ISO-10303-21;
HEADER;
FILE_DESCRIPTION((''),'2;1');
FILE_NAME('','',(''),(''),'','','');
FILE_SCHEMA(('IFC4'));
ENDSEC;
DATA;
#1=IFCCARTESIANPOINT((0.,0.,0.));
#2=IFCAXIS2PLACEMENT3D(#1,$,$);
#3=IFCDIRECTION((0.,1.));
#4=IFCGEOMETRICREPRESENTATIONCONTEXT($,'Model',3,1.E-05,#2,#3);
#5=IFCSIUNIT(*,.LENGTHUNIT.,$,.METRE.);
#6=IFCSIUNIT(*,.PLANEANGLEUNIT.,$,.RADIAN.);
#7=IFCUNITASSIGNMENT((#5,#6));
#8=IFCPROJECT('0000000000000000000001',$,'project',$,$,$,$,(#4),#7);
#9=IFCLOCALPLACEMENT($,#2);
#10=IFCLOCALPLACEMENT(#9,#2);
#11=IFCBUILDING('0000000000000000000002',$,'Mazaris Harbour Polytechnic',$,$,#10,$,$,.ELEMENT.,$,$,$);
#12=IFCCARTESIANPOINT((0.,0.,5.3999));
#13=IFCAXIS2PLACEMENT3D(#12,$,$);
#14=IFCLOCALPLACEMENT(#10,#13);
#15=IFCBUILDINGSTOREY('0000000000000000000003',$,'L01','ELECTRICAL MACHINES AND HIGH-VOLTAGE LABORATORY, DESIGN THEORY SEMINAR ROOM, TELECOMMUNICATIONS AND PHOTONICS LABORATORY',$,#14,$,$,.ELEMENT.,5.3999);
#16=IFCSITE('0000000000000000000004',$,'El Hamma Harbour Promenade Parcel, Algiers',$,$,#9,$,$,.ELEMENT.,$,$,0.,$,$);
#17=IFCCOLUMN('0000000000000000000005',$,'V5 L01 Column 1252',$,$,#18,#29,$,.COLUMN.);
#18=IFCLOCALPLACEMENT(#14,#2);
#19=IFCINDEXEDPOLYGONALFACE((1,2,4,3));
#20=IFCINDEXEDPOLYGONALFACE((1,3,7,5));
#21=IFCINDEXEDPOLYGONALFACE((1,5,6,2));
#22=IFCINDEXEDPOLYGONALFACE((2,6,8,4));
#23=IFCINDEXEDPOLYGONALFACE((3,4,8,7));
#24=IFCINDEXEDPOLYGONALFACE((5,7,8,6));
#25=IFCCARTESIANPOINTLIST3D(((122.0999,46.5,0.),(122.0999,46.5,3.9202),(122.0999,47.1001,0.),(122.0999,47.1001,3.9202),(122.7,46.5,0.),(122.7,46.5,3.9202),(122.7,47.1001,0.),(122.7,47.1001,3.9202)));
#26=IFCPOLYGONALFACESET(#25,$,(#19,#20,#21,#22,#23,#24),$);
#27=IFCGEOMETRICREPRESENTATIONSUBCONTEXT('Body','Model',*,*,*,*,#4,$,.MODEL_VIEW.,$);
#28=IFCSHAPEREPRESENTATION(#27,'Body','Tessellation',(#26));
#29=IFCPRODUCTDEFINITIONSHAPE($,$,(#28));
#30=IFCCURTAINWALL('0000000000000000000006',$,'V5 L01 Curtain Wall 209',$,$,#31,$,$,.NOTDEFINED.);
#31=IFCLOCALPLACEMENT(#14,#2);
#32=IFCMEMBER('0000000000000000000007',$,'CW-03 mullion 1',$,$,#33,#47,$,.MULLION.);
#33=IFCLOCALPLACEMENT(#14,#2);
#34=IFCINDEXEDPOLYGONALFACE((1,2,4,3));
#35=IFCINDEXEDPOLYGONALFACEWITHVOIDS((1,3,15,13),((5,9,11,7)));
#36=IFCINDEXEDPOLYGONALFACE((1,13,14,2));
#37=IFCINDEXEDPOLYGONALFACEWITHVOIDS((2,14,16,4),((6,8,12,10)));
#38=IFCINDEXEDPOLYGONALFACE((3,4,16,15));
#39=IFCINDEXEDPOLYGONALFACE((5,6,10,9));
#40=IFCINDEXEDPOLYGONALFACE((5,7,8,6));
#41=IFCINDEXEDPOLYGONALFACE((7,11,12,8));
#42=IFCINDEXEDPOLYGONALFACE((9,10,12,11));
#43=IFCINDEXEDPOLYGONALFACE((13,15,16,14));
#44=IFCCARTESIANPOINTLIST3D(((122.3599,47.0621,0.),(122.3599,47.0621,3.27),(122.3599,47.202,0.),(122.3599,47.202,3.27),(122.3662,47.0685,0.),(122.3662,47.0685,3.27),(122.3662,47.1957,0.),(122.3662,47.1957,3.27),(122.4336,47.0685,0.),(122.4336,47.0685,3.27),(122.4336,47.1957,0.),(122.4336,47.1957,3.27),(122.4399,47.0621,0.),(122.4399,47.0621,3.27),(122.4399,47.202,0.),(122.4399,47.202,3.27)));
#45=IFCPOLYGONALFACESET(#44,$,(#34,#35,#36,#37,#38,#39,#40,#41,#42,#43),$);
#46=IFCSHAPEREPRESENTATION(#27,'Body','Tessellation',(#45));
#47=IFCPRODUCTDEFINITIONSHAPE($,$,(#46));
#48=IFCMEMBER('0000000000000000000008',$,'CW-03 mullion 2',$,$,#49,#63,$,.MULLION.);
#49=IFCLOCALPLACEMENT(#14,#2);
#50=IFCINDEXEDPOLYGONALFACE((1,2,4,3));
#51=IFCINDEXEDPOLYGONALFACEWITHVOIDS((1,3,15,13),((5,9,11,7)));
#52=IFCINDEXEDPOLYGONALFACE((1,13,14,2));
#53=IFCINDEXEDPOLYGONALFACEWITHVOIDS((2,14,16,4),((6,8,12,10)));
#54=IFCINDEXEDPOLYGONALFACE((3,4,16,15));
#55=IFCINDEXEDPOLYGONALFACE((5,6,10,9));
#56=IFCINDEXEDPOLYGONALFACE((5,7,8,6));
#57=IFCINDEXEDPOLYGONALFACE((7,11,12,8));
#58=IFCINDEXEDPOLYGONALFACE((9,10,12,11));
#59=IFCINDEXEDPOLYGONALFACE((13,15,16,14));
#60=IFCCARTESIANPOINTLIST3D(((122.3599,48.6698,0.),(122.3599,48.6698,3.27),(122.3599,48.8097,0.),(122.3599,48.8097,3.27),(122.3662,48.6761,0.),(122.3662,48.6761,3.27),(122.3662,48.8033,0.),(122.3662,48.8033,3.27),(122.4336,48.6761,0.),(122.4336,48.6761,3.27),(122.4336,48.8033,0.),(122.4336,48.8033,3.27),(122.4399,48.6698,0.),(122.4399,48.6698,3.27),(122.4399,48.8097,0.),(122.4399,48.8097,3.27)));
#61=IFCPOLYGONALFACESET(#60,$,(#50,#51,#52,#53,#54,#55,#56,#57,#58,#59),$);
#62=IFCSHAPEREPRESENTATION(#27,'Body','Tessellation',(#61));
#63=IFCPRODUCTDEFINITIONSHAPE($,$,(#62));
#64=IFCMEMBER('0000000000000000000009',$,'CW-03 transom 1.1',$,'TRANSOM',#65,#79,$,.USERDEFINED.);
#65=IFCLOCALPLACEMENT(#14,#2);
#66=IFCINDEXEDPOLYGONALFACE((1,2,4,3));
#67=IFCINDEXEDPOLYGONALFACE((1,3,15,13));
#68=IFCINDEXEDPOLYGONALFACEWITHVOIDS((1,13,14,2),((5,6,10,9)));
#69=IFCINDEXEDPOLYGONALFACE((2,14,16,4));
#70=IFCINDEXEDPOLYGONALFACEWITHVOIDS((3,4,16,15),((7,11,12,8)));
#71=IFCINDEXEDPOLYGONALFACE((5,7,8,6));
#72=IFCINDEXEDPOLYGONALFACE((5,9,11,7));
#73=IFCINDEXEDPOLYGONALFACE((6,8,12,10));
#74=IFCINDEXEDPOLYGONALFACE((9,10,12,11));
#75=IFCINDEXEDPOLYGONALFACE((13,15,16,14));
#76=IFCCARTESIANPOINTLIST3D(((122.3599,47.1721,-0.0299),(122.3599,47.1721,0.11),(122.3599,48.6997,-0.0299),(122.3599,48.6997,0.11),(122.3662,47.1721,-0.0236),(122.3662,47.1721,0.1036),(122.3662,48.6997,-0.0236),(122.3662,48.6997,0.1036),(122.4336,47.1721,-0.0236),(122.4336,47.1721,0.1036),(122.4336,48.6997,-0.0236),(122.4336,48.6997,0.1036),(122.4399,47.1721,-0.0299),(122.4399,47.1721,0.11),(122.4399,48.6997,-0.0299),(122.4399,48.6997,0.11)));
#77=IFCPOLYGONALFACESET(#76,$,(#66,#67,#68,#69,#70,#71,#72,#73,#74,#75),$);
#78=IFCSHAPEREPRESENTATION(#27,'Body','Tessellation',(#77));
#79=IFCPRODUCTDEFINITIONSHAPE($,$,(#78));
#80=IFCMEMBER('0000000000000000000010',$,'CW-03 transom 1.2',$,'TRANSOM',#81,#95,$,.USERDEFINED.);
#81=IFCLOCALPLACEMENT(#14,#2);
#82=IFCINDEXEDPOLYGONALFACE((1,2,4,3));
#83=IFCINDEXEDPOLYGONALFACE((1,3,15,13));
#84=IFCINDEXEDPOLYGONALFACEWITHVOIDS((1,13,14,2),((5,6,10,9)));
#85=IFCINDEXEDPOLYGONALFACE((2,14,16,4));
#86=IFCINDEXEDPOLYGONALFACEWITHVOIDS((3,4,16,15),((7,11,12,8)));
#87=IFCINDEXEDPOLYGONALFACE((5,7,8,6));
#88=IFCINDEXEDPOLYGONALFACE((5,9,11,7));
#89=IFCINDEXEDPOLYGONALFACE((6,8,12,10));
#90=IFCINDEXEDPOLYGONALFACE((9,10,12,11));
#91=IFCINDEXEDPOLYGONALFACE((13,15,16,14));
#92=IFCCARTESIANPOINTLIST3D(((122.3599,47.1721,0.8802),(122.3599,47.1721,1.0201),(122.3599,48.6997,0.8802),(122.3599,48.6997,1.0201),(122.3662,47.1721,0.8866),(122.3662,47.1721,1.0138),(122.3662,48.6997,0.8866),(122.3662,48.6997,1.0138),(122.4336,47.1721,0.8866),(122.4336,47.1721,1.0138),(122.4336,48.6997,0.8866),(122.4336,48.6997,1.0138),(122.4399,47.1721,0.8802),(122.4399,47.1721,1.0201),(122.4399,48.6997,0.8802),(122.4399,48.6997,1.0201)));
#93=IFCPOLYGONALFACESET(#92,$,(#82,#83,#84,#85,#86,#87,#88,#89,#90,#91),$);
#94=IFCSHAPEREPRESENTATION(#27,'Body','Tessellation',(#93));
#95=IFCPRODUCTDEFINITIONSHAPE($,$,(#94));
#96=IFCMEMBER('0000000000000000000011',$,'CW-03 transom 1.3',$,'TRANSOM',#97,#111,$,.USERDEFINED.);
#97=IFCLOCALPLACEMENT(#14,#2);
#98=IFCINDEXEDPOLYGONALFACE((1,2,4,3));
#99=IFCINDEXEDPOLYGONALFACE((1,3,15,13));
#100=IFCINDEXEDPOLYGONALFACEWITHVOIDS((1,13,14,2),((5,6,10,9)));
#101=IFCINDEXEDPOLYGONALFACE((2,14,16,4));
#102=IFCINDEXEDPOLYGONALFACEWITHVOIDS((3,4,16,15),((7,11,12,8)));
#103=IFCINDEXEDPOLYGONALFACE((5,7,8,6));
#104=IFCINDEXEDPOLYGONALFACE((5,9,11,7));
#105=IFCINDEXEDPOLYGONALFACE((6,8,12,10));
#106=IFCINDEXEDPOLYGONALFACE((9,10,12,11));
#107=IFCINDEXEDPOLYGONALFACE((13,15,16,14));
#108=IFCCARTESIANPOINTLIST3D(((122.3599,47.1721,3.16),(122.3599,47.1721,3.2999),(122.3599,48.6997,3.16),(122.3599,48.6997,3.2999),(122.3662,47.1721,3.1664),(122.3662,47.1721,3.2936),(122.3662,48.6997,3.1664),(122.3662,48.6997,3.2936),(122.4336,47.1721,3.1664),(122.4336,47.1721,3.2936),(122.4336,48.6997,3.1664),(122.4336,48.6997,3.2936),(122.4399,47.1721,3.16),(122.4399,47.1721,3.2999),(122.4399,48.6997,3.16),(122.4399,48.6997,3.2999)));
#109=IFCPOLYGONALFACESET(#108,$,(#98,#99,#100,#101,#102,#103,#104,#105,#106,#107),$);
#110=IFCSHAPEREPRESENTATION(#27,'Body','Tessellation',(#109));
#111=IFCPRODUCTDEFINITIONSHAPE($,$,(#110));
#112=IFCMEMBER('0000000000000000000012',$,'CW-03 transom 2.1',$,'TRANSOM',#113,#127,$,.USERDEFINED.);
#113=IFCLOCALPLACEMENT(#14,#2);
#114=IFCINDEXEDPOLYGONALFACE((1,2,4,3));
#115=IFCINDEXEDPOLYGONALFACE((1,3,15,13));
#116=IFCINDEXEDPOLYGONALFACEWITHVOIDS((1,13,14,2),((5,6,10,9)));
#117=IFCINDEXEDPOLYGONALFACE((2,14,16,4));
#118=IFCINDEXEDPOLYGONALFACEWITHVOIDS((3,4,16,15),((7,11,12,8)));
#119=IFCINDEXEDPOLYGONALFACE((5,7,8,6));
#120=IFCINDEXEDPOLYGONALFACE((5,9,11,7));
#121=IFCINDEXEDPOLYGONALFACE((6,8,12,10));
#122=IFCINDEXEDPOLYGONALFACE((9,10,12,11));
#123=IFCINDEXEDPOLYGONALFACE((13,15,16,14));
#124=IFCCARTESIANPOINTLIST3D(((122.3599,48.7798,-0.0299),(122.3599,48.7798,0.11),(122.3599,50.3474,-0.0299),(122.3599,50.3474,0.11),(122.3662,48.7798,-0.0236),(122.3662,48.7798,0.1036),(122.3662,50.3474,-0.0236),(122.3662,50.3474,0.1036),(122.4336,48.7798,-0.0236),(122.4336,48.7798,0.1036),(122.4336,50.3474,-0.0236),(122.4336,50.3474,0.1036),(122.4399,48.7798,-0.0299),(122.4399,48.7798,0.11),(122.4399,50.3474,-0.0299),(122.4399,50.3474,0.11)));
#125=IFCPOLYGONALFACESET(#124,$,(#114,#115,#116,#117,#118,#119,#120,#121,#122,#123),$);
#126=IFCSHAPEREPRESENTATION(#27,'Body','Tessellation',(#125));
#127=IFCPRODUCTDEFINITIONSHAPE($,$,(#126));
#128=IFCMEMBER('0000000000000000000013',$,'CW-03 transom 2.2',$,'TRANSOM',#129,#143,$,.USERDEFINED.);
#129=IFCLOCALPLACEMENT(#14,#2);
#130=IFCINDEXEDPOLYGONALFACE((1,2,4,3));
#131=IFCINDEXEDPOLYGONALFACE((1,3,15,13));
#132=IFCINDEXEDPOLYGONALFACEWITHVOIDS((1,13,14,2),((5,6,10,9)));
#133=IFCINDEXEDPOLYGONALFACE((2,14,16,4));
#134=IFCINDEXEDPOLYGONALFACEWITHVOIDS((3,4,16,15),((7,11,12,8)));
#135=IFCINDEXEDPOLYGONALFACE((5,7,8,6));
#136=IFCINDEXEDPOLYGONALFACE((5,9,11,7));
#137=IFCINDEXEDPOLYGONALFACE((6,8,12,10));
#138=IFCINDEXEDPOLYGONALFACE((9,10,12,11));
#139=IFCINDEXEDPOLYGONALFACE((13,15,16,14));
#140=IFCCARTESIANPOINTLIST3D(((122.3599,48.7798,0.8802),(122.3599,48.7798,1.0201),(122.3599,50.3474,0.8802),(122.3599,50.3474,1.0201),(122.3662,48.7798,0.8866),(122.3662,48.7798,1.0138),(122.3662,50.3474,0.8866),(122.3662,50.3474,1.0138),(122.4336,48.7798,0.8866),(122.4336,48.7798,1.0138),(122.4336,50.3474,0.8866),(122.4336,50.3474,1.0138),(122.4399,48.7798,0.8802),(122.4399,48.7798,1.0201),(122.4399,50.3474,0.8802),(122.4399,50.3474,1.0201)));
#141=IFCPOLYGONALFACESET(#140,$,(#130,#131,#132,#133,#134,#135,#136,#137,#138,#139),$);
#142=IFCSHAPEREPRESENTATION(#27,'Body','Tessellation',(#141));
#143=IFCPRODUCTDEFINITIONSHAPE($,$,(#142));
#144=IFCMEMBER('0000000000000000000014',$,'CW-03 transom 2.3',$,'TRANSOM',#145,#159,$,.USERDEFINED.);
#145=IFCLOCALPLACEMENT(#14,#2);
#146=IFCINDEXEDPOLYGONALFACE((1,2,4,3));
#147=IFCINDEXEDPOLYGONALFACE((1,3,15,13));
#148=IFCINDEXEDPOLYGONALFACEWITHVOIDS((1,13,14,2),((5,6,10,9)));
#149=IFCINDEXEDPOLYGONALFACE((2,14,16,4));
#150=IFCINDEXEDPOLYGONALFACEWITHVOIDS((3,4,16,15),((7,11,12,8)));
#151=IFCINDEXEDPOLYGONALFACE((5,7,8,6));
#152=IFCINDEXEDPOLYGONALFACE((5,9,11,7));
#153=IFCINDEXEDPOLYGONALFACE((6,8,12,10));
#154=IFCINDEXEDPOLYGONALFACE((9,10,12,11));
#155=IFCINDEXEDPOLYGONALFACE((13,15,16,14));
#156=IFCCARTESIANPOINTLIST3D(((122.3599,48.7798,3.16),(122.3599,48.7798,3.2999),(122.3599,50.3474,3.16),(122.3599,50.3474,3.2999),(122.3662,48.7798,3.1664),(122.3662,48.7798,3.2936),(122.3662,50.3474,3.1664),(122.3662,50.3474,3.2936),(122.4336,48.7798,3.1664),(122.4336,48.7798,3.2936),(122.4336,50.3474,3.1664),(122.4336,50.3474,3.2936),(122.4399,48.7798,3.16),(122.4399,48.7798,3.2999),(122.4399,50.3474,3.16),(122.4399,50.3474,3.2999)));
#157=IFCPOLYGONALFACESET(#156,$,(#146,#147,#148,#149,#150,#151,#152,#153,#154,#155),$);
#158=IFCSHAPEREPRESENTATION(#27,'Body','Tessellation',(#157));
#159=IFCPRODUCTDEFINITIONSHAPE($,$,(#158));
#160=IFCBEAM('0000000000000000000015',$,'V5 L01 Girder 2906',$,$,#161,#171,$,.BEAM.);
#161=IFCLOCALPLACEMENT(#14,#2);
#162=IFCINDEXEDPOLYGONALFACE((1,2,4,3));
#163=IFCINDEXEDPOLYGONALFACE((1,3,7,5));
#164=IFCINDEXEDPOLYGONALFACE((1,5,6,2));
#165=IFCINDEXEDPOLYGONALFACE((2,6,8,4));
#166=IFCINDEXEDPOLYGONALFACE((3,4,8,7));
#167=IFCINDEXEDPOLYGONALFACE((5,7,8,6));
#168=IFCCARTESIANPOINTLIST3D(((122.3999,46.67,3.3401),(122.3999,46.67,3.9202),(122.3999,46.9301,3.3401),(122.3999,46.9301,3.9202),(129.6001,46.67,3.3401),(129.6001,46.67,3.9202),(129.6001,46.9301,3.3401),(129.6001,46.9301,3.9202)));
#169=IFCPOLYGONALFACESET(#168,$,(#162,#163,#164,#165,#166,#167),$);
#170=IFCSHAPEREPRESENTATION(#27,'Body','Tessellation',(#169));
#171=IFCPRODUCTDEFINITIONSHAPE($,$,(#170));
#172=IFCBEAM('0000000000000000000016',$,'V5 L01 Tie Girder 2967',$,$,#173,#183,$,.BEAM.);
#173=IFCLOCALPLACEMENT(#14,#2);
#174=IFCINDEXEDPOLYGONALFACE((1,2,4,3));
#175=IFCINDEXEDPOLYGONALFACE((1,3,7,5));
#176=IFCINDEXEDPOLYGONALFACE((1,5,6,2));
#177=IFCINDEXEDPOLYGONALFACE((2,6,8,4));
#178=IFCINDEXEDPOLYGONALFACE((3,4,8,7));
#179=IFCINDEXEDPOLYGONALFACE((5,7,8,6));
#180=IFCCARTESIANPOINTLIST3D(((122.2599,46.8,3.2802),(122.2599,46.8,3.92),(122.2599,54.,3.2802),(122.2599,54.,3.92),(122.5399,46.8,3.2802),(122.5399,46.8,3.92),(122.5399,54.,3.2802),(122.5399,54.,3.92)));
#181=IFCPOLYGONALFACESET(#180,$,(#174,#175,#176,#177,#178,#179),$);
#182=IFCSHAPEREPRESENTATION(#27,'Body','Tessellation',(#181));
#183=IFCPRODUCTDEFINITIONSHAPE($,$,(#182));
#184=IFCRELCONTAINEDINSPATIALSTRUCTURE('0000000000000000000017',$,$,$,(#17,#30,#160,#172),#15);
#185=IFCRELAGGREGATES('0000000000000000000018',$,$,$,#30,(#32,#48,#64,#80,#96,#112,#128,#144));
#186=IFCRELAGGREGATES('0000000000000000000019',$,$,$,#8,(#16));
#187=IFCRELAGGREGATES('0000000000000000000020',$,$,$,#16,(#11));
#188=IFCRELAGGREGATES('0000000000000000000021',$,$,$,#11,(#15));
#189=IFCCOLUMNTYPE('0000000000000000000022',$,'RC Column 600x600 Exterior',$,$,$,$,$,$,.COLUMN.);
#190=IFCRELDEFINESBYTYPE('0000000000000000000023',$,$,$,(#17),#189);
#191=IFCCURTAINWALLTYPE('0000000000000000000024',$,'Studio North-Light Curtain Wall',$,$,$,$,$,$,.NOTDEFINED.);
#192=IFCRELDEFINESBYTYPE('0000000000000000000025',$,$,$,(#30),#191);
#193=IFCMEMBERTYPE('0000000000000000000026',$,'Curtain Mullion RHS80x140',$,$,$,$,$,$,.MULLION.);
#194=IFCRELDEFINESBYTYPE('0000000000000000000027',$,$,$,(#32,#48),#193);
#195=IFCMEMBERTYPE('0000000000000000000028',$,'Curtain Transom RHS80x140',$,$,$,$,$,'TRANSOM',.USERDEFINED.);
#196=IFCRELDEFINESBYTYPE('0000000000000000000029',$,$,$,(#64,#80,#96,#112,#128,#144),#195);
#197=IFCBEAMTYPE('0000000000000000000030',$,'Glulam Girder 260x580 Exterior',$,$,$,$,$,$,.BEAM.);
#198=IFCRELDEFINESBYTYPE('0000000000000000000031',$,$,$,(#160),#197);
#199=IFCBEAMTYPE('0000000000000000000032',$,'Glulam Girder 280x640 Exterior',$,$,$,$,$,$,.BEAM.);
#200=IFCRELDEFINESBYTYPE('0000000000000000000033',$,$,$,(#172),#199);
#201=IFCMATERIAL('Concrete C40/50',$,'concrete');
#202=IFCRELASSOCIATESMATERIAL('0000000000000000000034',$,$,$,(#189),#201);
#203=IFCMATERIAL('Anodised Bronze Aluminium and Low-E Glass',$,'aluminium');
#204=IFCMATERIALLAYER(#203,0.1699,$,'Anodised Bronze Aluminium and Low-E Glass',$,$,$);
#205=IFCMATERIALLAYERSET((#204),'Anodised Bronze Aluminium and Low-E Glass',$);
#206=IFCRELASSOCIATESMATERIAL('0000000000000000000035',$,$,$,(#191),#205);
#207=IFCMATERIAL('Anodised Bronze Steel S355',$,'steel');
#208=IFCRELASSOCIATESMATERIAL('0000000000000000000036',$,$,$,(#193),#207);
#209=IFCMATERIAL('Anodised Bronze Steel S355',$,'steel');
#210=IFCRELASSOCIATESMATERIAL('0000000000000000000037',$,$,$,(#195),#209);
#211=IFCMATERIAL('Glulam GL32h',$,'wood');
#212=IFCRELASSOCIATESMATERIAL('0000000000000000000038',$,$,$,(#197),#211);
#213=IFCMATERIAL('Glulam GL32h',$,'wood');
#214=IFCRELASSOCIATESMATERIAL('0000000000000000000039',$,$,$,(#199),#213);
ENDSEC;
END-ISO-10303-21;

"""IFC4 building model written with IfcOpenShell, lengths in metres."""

from ifc_helpers import new_model, si_unit, direction, frame, origin, origin_2d, place, context, subcontext, project, spatial, rectangle, hollow_rectangle, extrude, material, layer, layer_set, material_profile, profile_set, type_object, element, aggregate, save


model = new_model("IFC4")

# Units and contexts
model_context = context("Model", 3, precision=1e-05, world=origin(), true_north=direction((0.0, 1.0)))
body_context = subcontext(model_context, "Body", "Model", "MODEL_VIEW")
ifc_project = project(units=[si_unit("LENGTHUNIT", "METRE"), si_unit("PLANEANGLEUNIT", "RADIAN")], contexts=[model_context])

# Site, building, storey
site_placement = place(None, origin())
site = spatial("IfcSite", under=ifc_project, at=site_placement, Name="El Hamma Harbour Promenade Parcel, Algiers", CompositionType="ELEMENT", RefElevation=0.0)
building_placement = place(site_placement, origin())
building = spatial("IfcBuilding", under=site, at=building_placement, Name="Mazaris Harbour Polytechnic", CompositionType="ELEMENT")
storey_placement = place(building_placement, frame((0.0, 0.0, 5.3999)))
storey = spatial("IfcBuildingStorey", under=building, at=storey_placement, Name="L01", Description="ELECTRICAL MACHINES AND HIGH-VOLTAGE LABORATORY, DESIGN THEORY SEMINAR ROOM, TELECOMMUNICATIONS AND PHOTONICS LABORATORY", CompositionType="ELEMENT", Elevation=5.3999)

# Column
ifc_material_1 = material(Name="Concrete C40/50", Category="concrete")
ifc_material_profile_1 = material_profile(ifc_material_1, rectangle(XDim=0.6001, YDim=0.6001, at=origin_2d()), Name="RECT600x600")
ifc_profile_set_1 = profile_set([ifc_material_profile_1], Name="Concrete C40/50")
column_type = type_object("IfcColumnType", Name="RC Column 600x600 Exterior", PredefinedType="COLUMN", material=ifc_profile_set_1)
column_placement = place(storey_placement, frame((122.3999, 46.8, 0.0), z_axis=(0.0, 0.0, 1.0), x_axis=(1.0, 0.0, 0.0)))
element("IfcColumn", 1, at=column_placement, inside=storey, type_object=column_type, Name="V5 L01 Column 1252", PredefinedType="COLUMN", context=body_context, shape_type="SweptSolid", body=[
    extrude(rectangle(XDim=0.6001, YDim=0.6001, at=origin_2d()), origin(), (0.0, 0.0, 1.0), 3.9202),
])

# Curtain wall, members
ifc_material_2 = material(Name="Anodised Bronze Aluminium and Low-E Glass", Category="aluminium")
ifc_layer_1 = layer(ifc_material_2, 0.1699, Name="Anodised Bronze Aluminium and Low-E Glass")
ifc_layer_set_1 = layer_set([ifc_layer_1], Name="Anodised Bronze Aluminium and Low-E Glass")
curtain_wall_type = type_object("IfcCurtainWallType", Name="Studio North-Light Curtain Wall", PredefinedType="NOTDEFINED", material=ifc_layer_set_1)
curtain_wall_placement = place(storey_placement, origin())
curtain_wall = element("IfcCurtainWall", 2, at=curtain_wall_placement, inside=storey, type_object=curtain_wall_type, Name="V5 L01 Curtain Wall 209", PredefinedType="NOTDEFINED")
ifc_material_3 = material(Name="Anodised Bronze Steel S355", Category="steel")
ifc_material_profile_2 = material_profile(ifc_material_3, hollow_rectangle(XDim=0.0801, YDim=0.1399, WallThickness=0.0063, at=origin_2d()), Name="RHS 80x140x6.3")
ifc_profile_set_2 = profile_set([ifc_material_profile_2], Name="Anodised Bronze Steel S355")
member_type_1 = type_object("IfcMemberType", Name="Curtain Mullion RHS80x140", PredefinedType="MULLION", material=ifc_profile_set_2)
member_1_placement = place(storey_placement, frame((122.3999, 47.1321, 0.0), z_axis=(0.0, 0.0, 1.0), x_axis=(-1.0, 0.0, 0.0)))
member_1 = element("IfcMember", 3, at=member_1_placement, type_object=member_type_1, Name="CW-03 mullion 1", PredefinedType="MULLION", context=body_context, shape_type="SweptSolid", body=[
    extrude(hollow_rectangle(XDim=0.0801, YDim=0.1399, WallThickness=0.0063, at=origin_2d()), origin(), (0.0, 0.0, 1.0), 3.27),
])
member_2_placement = place(storey_placement, frame((122.3999, 48.7397, 0.0), z_axis=(0.0, 0.0, 1.0), x_axis=(-1.0, 0.0, 0.0)))
member_2 = element("IfcMember", 4, at=member_2_placement, type_object=member_type_1, Name="CW-03 mullion 2", PredefinedType="MULLION", context=body_context, shape_type="SweptSolid", body=[
    extrude(hollow_rectangle(XDim=0.0801, YDim=0.1399, WallThickness=0.0063, at=origin_2d()), origin(), (0.0, 0.0, 1.0), 3.27),
])
ifc_material_4 = material(Name="Anodised Bronze Steel S355", Category="steel")
ifc_material_profile_3 = material_profile(ifc_material_4, hollow_rectangle(XDim=0.0801, YDim=0.1399, WallThickness=0.0063, at=origin_2d()), Name="RHS 80x140x6.3")
ifc_profile_set_3 = profile_set([ifc_material_profile_3], Name="Anodised Bronze Steel S355")
member_type_2 = type_object("IfcMemberType", Name="Curtain Transom RHS80x140", ElementType="TRANSOM", PredefinedType="USERDEFINED", material=ifc_profile_set_3)
member_3_placement = place(storey_placement, frame((122.3999, 47.1721, 0.04), z_axis=(0.0, 1.0, 0.0), x_axis=(-1.0, 0.0, 0.0)))
member_3 = element("IfcMember", 5, at=member_3_placement, type_object=member_type_2, Name="CW-03 transom 1.1", ObjectType="TRANSOM", PredefinedType="USERDEFINED", context=body_context, shape_type="SweptSolid", body=[
    extrude(hollow_rectangle(XDim=0.0801, YDim=0.1399, WallThickness=0.0063, at=origin_2d()), origin(), (0.0, 0.0, 1.0), 1.5276),
])
member_4_placement = place(storey_placement, frame((122.3999, 47.1721, 0.9502), z_axis=(0.0, 1.0, 0.0), x_axis=(-1.0, 0.0, 0.0)))
member_4 = element("IfcMember", 6, at=member_4_placement, type_object=member_type_2, Name="CW-03 transom 1.2", ObjectType="TRANSOM", PredefinedType="USERDEFINED", context=body_context, shape_type="SweptSolid", body=[
    extrude(hollow_rectangle(XDim=0.0801, YDim=0.1399, WallThickness=0.0063, at=origin_2d()), origin(), (0.0, 0.0, 1.0), 1.5276),
])
member_5_placement = place(storey_placement, frame((122.3999, 47.1721, 3.23), z_axis=(0.0, 1.0, 0.0), x_axis=(-1.0, 0.0, 0.0)))
member_5 = element("IfcMember", 7, at=member_5_placement, type_object=member_type_2, Name="CW-03 transom 1.3", ObjectType="TRANSOM", PredefinedType="USERDEFINED", context=body_context, shape_type="SweptSolid", body=[
    extrude(hollow_rectangle(XDim=0.0801, YDim=0.1399, WallThickness=0.0063, at=origin_2d()), origin(), (0.0, 0.0, 1.0), 1.5276),
])
member_6_placement = place(storey_placement, frame((122.3999, 48.7798, 0.04), z_axis=(0.0, 1.0, 0.0), x_axis=(-1.0, 0.0, 0.0)))
member_6 = element("IfcMember", 8, at=member_6_placement, type_object=member_type_2, Name="CW-03 transom 2.1", ObjectType="TRANSOM", PredefinedType="USERDEFINED", context=body_context, shape_type="SweptSolid", body=[
    extrude(hollow_rectangle(XDim=0.0801, YDim=0.1399, WallThickness=0.0063, at=origin_2d()), origin(), (0.0, 0.0, 1.0), 1.5676),
])
member_7_placement = place(storey_placement, frame((122.3999, 48.7798, 0.9502), z_axis=(0.0, 1.0, 0.0), x_axis=(-1.0, 0.0, 0.0)))
member_7 = element("IfcMember", 9, at=member_7_placement, type_object=member_type_2, Name="CW-03 transom 2.2", ObjectType="TRANSOM", PredefinedType="USERDEFINED", context=body_context, shape_type="SweptSolid", body=[
    extrude(hollow_rectangle(XDim=0.0801, YDim=0.1399, WallThickness=0.0063, at=origin_2d()), origin(), (0.0, 0.0, 1.0), 1.5676),
])
member_8_placement = place(storey_placement, frame((122.3999, 48.7798, 3.23), z_axis=(0.0, 1.0, 0.0), x_axis=(-1.0, 0.0, 0.0)))
member_8 = element("IfcMember", 10, at=member_8_placement, type_object=member_type_2, Name="CW-03 transom 2.3", ObjectType="TRANSOM", PredefinedType="USERDEFINED", context=body_context, shape_type="SweptSolid", body=[
    extrude(hollow_rectangle(XDim=0.0801, YDim=0.1399, WallThickness=0.0063, at=origin_2d()), origin(), (0.0, 0.0, 1.0), 1.5676),
])

# Beams
ifc_material_5 = material(Name="Glulam GL32h", Category="wood")
ifc_material_profile_4 = material_profile(ifc_material_5, rectangle(XDim=0.26, YDim=0.5801, at=origin_2d()), Name="RECT260x580")
ifc_profile_set_4 = profile_set([ifc_material_profile_4], Name="Glulam GL32h")
beam_type_1 = type_object("IfcBeamType", Name="Glulam Girder 260x580 Exterior", PredefinedType="BEAM", material=ifc_profile_set_4)
beam_1_placement = place(storey_placement, frame((122.3999, 46.8, 3.6301), z_axis=(1.0, 0.0, 0.0), x_axis=(0.0, 1.0, 0.0)))
element("IfcBeam", 11, at=beam_1_placement, inside=storey, type_object=beam_type_1, Name="V5 L01 Girder 2906", PredefinedType="BEAM", context=body_context, shape_type="SweptSolid", body=[
    extrude(rectangle(XDim=0.26, YDim=0.5801, at=origin_2d()), origin(), (0.0, 0.0, 1.0), 7.2002),
])
ifc_material_6 = material(Name="Glulam GL32h", Category="wood")
ifc_material_profile_5 = material_profile(ifc_material_6, rectangle(XDim=0.28, YDim=0.6399, at=origin_2d()), Name="RECT280x640")
ifc_profile_set_5 = profile_set([ifc_material_profile_5], Name="Glulam GL32h")
beam_type_2 = type_object("IfcBeamType", Name="Glulam Girder 280x640 Exterior", PredefinedType="BEAM", material=ifc_profile_set_5)
beam_2_placement = place(storey_placement, frame((122.3999, 46.8, 3.6001), z_axis=(0.0, 1.0, 0.0), x_axis=(-1.0, 0.0, 0.0)))
element("IfcBeam", 12, at=beam_2_placement, inside=storey, type_object=beam_type_2, Name="V5 L01 Tie Girder 2967", PredefinedType="BEAM", context=body_context, shape_type="SweptSolid", body=[
    extrude(rectangle(XDim=0.28, YDim=0.6399, at=origin_2d()), origin(), (0.0, 0.0, 1.0), 7.2),
])

aggregate(curtain_wall, [member_1, member_2, member_3, member_4, member_5, member_6, member_7, member_8])

save(model, "model.ifc")
